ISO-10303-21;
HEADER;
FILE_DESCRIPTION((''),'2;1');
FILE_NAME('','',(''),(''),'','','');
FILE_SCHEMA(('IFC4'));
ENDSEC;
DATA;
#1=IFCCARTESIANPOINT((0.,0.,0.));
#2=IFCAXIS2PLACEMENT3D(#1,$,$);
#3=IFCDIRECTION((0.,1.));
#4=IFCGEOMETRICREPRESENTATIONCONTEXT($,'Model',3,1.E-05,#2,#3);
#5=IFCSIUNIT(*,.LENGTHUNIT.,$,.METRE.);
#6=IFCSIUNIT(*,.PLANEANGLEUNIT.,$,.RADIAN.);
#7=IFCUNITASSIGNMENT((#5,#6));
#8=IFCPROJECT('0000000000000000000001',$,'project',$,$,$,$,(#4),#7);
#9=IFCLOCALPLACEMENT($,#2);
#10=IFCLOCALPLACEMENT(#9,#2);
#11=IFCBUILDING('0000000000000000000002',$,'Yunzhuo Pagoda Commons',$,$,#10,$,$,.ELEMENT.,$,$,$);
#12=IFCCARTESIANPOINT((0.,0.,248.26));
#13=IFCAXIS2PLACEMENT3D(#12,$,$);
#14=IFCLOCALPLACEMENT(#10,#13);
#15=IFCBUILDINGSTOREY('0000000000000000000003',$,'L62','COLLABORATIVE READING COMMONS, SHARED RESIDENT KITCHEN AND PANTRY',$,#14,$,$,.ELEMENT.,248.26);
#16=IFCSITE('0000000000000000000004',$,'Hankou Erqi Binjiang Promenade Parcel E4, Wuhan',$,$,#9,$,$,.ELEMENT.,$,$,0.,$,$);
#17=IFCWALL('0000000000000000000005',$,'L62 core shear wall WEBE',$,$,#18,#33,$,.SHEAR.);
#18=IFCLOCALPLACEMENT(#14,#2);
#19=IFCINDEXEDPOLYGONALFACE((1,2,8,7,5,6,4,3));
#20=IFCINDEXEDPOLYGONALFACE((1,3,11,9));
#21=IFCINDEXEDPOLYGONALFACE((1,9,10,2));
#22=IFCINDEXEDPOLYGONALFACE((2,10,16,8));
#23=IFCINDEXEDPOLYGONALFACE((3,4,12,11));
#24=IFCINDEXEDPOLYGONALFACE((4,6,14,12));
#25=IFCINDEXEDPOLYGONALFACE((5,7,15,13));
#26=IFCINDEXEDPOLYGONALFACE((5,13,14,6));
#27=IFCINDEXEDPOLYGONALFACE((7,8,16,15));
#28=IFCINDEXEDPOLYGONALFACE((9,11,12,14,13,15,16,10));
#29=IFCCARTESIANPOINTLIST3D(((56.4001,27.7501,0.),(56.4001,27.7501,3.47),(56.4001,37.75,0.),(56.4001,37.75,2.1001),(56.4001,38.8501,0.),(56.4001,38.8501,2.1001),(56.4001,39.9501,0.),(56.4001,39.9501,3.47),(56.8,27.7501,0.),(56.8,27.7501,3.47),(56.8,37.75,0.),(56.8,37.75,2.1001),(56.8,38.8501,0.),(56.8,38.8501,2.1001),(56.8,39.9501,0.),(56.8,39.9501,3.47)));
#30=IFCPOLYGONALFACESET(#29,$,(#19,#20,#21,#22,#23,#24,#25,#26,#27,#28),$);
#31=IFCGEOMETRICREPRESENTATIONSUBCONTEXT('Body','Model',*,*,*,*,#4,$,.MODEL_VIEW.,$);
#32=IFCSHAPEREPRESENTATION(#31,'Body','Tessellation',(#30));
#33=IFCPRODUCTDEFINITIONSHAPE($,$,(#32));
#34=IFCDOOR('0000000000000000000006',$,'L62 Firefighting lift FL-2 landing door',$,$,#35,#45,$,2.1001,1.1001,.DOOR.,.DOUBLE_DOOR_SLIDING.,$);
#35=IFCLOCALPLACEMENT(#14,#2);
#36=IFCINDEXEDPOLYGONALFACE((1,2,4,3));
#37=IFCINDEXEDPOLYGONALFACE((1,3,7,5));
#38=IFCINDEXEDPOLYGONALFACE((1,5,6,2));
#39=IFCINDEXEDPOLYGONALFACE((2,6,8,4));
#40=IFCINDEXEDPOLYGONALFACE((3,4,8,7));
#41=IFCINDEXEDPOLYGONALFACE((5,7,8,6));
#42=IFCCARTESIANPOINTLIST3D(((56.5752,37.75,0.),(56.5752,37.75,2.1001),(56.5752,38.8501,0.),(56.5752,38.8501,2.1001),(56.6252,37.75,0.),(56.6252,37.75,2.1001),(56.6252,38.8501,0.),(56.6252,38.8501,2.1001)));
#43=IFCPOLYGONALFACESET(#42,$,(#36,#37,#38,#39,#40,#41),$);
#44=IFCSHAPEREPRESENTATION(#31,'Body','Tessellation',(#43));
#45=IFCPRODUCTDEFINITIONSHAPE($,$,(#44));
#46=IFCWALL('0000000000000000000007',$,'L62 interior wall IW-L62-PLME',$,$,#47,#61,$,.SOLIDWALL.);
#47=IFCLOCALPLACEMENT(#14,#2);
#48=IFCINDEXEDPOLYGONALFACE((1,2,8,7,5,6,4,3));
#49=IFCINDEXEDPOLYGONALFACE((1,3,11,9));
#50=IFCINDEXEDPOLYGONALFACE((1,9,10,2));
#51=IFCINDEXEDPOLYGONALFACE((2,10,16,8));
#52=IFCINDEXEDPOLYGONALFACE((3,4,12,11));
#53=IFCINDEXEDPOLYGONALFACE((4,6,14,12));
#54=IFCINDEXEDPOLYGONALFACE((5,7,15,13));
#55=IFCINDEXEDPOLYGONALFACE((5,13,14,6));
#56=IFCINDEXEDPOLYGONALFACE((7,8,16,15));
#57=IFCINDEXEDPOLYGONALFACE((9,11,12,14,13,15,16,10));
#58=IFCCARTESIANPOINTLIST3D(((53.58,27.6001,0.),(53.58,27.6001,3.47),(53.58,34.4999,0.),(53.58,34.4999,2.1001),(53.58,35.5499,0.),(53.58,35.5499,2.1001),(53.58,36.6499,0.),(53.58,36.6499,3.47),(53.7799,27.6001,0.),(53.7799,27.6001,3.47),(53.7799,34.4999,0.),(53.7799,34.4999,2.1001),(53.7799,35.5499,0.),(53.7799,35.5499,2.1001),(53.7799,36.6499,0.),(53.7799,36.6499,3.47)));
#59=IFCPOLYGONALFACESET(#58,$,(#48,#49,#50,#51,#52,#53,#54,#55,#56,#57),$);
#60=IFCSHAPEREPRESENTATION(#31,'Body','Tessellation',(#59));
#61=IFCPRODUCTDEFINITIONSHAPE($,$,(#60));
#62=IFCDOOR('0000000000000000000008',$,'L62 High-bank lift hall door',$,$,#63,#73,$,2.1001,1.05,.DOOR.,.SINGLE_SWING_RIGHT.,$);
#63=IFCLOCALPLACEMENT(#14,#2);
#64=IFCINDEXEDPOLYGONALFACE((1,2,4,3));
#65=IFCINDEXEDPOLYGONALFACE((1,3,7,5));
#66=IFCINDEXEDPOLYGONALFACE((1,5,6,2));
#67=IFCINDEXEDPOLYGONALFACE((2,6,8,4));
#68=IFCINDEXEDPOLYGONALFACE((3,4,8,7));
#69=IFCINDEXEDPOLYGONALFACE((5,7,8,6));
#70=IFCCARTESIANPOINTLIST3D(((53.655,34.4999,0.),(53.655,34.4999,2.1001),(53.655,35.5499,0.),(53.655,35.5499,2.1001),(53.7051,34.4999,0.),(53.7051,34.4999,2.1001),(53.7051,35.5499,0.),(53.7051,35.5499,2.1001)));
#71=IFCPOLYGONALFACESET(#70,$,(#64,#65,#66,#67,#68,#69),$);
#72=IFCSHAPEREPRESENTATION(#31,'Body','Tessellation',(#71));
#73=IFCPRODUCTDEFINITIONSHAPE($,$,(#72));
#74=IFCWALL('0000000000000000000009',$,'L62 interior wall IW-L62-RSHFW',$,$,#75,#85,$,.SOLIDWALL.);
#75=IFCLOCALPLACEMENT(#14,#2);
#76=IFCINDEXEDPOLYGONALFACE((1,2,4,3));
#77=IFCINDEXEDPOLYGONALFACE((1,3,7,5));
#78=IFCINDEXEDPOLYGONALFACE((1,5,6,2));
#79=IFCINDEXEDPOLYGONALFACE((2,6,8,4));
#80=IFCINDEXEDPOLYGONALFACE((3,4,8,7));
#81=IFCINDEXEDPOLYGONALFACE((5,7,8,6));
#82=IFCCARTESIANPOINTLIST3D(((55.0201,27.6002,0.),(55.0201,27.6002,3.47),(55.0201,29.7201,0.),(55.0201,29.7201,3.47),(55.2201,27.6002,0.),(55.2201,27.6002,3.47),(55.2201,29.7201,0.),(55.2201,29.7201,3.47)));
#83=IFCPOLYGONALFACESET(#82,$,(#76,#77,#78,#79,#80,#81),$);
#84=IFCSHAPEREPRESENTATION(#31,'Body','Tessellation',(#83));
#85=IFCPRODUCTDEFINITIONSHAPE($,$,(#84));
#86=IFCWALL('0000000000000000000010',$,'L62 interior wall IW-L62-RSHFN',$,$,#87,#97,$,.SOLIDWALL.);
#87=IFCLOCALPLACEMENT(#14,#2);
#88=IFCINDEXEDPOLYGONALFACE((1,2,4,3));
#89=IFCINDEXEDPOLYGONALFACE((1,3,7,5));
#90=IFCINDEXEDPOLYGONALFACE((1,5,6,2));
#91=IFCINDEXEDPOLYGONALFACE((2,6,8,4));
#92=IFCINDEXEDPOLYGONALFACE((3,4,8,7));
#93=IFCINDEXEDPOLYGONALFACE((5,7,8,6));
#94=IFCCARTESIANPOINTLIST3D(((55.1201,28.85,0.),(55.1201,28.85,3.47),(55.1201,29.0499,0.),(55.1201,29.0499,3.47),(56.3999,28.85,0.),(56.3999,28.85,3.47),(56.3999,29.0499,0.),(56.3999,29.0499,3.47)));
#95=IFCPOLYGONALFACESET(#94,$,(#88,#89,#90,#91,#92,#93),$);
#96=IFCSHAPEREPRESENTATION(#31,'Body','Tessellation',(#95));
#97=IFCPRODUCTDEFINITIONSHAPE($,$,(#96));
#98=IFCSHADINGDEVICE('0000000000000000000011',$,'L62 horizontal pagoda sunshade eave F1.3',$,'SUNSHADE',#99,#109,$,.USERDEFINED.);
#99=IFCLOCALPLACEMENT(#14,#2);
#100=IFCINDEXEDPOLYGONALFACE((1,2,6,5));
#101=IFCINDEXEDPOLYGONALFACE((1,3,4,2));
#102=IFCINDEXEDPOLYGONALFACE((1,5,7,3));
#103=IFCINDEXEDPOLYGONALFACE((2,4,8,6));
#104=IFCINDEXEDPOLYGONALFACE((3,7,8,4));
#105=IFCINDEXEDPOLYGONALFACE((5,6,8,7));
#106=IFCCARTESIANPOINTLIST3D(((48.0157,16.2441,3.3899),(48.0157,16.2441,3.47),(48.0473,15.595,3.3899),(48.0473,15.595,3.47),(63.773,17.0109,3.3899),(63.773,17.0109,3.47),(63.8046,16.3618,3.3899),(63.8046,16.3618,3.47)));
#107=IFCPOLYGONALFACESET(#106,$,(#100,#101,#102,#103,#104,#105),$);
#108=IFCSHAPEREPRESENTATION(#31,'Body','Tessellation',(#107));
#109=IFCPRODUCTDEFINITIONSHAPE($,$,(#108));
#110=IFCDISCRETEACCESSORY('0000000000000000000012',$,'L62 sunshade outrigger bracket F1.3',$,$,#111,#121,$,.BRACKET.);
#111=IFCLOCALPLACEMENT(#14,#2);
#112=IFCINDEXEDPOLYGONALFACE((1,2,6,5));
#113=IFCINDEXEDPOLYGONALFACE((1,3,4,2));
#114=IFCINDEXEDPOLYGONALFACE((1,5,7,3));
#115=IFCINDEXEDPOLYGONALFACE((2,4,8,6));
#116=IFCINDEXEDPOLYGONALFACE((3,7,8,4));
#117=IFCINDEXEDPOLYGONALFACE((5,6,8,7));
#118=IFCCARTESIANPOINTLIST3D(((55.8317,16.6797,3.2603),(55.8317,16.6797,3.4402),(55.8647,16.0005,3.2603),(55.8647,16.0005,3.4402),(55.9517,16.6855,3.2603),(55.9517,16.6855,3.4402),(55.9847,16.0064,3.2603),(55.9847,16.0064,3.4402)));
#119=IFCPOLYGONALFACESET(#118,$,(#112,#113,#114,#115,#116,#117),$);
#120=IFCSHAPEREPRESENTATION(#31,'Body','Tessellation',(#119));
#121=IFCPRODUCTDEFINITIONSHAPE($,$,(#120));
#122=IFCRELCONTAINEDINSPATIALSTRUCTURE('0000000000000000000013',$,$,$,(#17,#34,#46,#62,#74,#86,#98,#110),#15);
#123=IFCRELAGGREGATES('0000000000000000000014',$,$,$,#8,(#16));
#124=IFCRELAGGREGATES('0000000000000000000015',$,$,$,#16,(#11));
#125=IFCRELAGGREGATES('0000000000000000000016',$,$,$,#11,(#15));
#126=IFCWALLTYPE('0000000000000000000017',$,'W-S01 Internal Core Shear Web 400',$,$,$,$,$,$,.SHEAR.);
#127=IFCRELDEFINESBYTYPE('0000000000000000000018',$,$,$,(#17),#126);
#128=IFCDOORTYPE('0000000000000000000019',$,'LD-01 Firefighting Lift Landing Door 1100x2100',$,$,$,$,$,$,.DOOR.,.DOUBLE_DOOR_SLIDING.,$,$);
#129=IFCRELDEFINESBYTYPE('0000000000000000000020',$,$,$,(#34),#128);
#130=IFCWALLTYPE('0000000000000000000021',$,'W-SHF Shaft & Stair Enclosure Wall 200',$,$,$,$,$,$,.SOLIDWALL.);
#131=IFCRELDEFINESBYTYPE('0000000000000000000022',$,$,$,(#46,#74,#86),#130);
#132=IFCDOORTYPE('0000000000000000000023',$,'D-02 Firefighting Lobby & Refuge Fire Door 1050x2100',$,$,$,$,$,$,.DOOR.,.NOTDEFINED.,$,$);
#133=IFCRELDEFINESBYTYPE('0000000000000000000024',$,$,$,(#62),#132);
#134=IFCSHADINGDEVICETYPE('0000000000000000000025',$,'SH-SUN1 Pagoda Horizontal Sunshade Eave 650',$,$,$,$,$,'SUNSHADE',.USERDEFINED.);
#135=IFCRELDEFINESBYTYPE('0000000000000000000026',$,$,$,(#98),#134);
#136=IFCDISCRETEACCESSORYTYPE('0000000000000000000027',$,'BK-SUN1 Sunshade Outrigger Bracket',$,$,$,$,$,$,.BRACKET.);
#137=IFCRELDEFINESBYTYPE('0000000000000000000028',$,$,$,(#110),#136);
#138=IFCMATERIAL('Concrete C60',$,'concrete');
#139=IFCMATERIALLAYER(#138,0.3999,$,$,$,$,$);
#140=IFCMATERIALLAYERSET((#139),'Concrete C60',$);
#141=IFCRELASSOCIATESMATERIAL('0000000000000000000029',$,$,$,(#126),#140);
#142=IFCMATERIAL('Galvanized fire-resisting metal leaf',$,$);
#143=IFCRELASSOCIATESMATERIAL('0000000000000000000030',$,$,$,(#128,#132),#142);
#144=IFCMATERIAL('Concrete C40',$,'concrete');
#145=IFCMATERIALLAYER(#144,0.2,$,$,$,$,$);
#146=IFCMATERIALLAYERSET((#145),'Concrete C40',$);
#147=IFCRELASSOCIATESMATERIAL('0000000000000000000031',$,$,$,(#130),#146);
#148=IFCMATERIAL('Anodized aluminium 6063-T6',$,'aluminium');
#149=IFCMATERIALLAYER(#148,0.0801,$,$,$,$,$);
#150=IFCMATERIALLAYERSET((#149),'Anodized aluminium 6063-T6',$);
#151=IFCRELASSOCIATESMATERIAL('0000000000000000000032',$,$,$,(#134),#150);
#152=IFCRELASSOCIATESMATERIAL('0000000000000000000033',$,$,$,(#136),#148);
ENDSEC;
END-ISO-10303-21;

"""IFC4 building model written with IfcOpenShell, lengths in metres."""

from ifc_helpers import new_model, si_unit, direction, frame, frame_2d, origin, origin_with_axes, origin_2d, place, context, subcontext, project, spatial, rectangle, extrude, source, transform, mapped, material, layer, layer_set, type_object, element, fill, save


model = new_model("IFC4")

# Units and contexts
model_context = context("Model", 3, precision=1e-05, world=origin(), true_north=direction((0.0, 1.0)))
body_context = subcontext(model_context, "Body", "Model", "MODEL_VIEW")
ifc_project = project(units=[si_unit("LENGTHUNIT", "METRE"), si_unit("PLANEANGLEUNIT", "RADIAN")], contexts=[model_context])

# Site, building, storey
site_placement = place(None, origin())
site = spatial("IfcSite", under=ifc_project, at=site_placement, Name="Hankou Erqi Binjiang Promenade Parcel E4, Wuhan", CompositionType="ELEMENT", RefElevation=0.0)
building_placement = place(site_placement, origin())
building = spatial("IfcBuilding", under=site, at=building_placement, Name="Yunzhuo Pagoda Commons", CompositionType="ELEMENT")
storey_placement = place(building_placement, frame((0.0, 0.0, 248.26)))
storey = spatial("IfcBuildingStorey", under=building, at=storey_placement, Name="L62", Description="COLLABORATIVE READING COMMONS, SHARED RESIDENT KITCHEN AND PANTRY", CompositionType="ELEMENT", Elevation=248.26)

# Shared definitions
ifc_material_1 = material(Name="Anodized aluminium 6063-T6", Category="aluminium")

# Shared definitions
ifc_material_2 = material(Name="Galvanized fire-resisting metal leaf")

# Walls, openings, doors
ifc_material_3 = material(Name="Concrete C60", Category="concrete")
ifc_layer_1 = layer(ifc_material_3, 0.3999)
ifc_layer_set_1 = layer_set([ifc_layer_1], Name="Concrete C60")
wall_type_1 = type_object("IfcWallType", Name="W-S01 Internal Core Shear Web 400", PredefinedType="SHEAR", material=ifc_layer_set_1)
wall_1_placement = place(storey_placement, frame((56.6001, 27.75, 0.0), z_axis=(0.0, 0.0, 1.0), x_axis=(0.0, 1.0, 0.0)))
wall_1 = element("IfcWall", 1, at=wall_1_placement, inside=storey, type_object=wall_type_1, Name="L62 core shear wall WEBE", PredefinedType="SHEAR", context=body_context, shape_type="SweptSolid", body=[
    extrude(rectangle(XDim=12.2, YDim=0.3999, at=frame_2d((6.1001, 0.0))), origin(), (0.0, 0.0, 1.0), 3.47),
])
opening_1_placement = place(wall_1_placement, frame((10.0, 0.0, 0.0)))
opening_1 = element("IfcOpeningElement", 2, at=opening_1_placement, cuts=wall_1, PredefinedType="OPENING", context=body_context, shape_type="SweptSolid", body=[
    extrude(rectangle(XDim=1.1001, YDim=2.1001, at=frame_2d((0.55, 1.05))), frame((0.0, 0.21, 0.0), z_axis=(0.0, -1.0, 0.0), x_axis=(1.0, 0.0, 0.0)), (0.0, 0.0, 1.0), 0.4199),
])
door_type_1 = type_object("IfcDoorType", Name="LD-01 Firefighting Lift Landing Door 1100x2100", OperationType="DOUBLE_DOOR_SLIDING", PredefinedType="DOOR", material=ifc_material_2)
shared_shape_1 = source(origin(), body_context, "Body", "SweptSolid", [
    extrude(rectangle(XDim=1.1001, YDim=2.1001, at=frame_2d((0.55, 1.05))), frame((0.0, 0.0249, 0.0), z_axis=(0.0, -1.0, 0.0), x_axis=(1.0, 0.0, 0.0)), (0.0, 0.0, 1.0), 0.05),
])
door_1_placement = place(opening_1_placement, origin_with_axes())
door_1 = element("IfcDoor", 3, at=door_1_placement, inside=storey, type_object=door_type_1, Name="L62 Firefighting lift FL-2 landing door", OperationType="DOUBLE_DOOR_SLIDING", OverallHeight=2.1001, OverallWidth=1.1001, PredefinedType="DOOR", context=body_context, shape_type="MappedRepresentation", body=[
    mapped(shared_shape_1, transform((0.0, 0.0, 0.0), scale=1.0)),
])
fill(opening_1, door_1)
ifc_material_4 = material(Name="Concrete C40", Category="concrete")
ifc_layer_2 = layer(ifc_material_4, 0.2)
ifc_layer_set_2 = layer_set([ifc_layer_2], Name="Concrete C40")
wall_type_2 = type_object("IfcWallType", Name="W-SHF Shaft & Stair Enclosure Wall 200", PredefinedType="SOLIDWALL", material=ifc_layer_set_2)
wall_2_placement = place(storey_placement, frame((53.6799, 27.6001, 0.0), z_axis=(0.0, 0.0, 1.0), x_axis=(0.0, 1.0, 0.0)))
wall_2 = element("IfcWall", 4, at=wall_2_placement, inside=storey, type_object=wall_type_2, Name="L62 interior wall IW-L62-PLME", PredefinedType="SOLIDWALL", context=body_context, shape_type="SweptSolid", body=[
    extrude(rectangle(XDim=9.0498, YDim=0.2, at=frame_2d((4.5249, 0.0))), origin(), (0.0, 0.0, 1.0), 3.47),
])
opening_2_placement = place(wall_2_placement, frame((6.8999, 0.0, 0.0)))
opening_2 = element("IfcOpeningElement", 5, at=opening_2_placement, cuts=wall_2, PredefinedType="OPENING", context=body_context, shape_type="SweptSolid", body=[
    extrude(rectangle(XDim=1.05, YDim=2.1001, at=frame_2d((0.5249, 1.05))), frame((0.0, 0.1099, 0.0), z_axis=(0.0, -1.0, 0.0), x_axis=(1.0, 0.0, 0.0)), (0.0, 0.0, 1.0), 0.22),
])
door_type_2 = type_object("IfcDoorType", Name="D-02 Firefighting Lobby & Refuge Fire Door 1050x2100", OperationType="NOTDEFINED", PredefinedType="DOOR", material=ifc_material_2)
shared_shape_2 = source(origin(), body_context, "Body", "SweptSolid", [
    extrude(rectangle(XDim=1.05, YDim=2.1001, at=frame_2d((0.5249, 1.05))), frame((0.0, 0.0249, 0.0), z_axis=(0.0, -1.0, 0.0), x_axis=(1.0, 0.0, 0.0)), (0.0, 0.0, 1.0), 0.05),
])
door_2_placement = place(opening_2_placement, origin_with_axes())
door_2 = element("IfcDoor", 6, at=door_2_placement, inside=storey, type_object=door_type_2, Name="L62 High-bank lift hall door", OperationType="SINGLE_SWING_RIGHT", OverallHeight=2.1001, OverallWidth=1.05, PredefinedType="DOOR", context=body_context, shape_type="MappedRepresentation", body=[
    mapped(shared_shape_2, transform((0.0, 0.0, 0.0), scale=1.0)),
])
fill(opening_2, door_2)

# Walls
wall_3_placement = place(storey_placement, frame((55.1201, 27.6001, 0.0), z_axis=(0.0, 0.0, 1.0), x_axis=(0.0, 1.0, 0.0)))
element("IfcWall", 7, at=wall_3_placement, inside=storey, type_object=wall_type_2, Name="L62 interior wall IW-L62-RSHFW", PredefinedType="SOLIDWALL", context=body_context, shape_type="SweptSolid", body=[
    extrude(rectangle(XDim=2.1199, YDim=0.2, at=frame_2d((1.0601, 0.0))), origin(), (0.0, 0.0, 1.0), 3.47),
])
wall_4_placement = place(storey_placement, frame((55.1201, 28.95, 0.0), z_axis=(0.0, 0.0, 1.0), x_axis=(1.0, 0.0, 0.0)))
element("IfcWall", 8, at=wall_4_placement, inside=storey, type_object=wall_type_2, Name="L62 interior wall IW-L62-RSHFN", PredefinedType="SOLIDWALL", context=body_context, shape_type="SweptSolid", body=[
    extrude(rectangle(XDim=1.2798, YDim=0.2, at=frame_2d((0.6399, 0.0))), origin(), (0.0, 0.0, 1.0), 3.47),
])

# Shading device
ifc_layer_3 = layer(ifc_material_1, 0.0801)
ifc_layer_set_3 = layer_set([ifc_layer_3], Name="Anodized aluminium 6063-T6")
shading_device_type = type_object("IfcShadingDeviceType", Name="SH-SUN1 Pagoda Horizontal Sunshade Eave 650", ElementType="SUNSHADE", PredefinedType="USERDEFINED", material=ifc_layer_set_3)
shared_shape_3 = source(origin(), body_context, "Body", "SweptSolid", [
    extrude(rectangle(XDim=15.7759, YDim=0.6499, at=origin_2d()), origin(), (0.0, 0.0, 1.0), 0.0801),
])
shading_device_placement = place(storey_placement, frame((55.9102, 16.303, 3.3899), z_axis=(0.0, 0.0, 1.0), x_axis=(0.998818, 0.048606, 0.0)))
element("IfcShadingDevice", 9, at=shading_device_placement, inside=storey, type_object=shading_device_type, Name="L62 horizontal pagoda sunshade eave F1.3", ObjectType="SUNSHADE", PredefinedType="USERDEFINED", context=body_context, shape_type="MappedRepresentation", body=[
    mapped(shared_shape_3, transform((0.0, 0.0, 0.0), scale=1.0)),
])

# Discrete accessory
discrete_accessory_type = type_object("IfcDiscreteAccessoryType", Name="BK-SUN1 Sunshade Outrigger Bracket", PredefinedType="BRACKET", material=ifc_material_1)
shared_shape_4 = source(origin(), body_context, "Body", "SweptSolid", [
    extrude(rectangle(XDim=0.1201, YDim=0.6799, at=origin_2d()), origin(), (0.0, 0.0, 1.0), 0.1799),
])
discrete_accessory_placement = place(storey_placement, frame((55.9082, 16.343, 3.2603), z_axis=(0.0, 0.0, 1.0), x_axis=(0.998818, 0.048606, 0.0)))
element("IfcDiscreteAccessory", 10, at=discrete_accessory_placement, inside=storey, type_object=discrete_accessory_type, Name="L62 sunshade outrigger bracket F1.3", PredefinedType="BRACKET", context=body_context, shape_type="MappedRepresentation", body=[
    mapped(shared_shape_4, transform((0.0, 0.0, 0.0), scale=1.0)),
])

save(model, "model.ifc")
